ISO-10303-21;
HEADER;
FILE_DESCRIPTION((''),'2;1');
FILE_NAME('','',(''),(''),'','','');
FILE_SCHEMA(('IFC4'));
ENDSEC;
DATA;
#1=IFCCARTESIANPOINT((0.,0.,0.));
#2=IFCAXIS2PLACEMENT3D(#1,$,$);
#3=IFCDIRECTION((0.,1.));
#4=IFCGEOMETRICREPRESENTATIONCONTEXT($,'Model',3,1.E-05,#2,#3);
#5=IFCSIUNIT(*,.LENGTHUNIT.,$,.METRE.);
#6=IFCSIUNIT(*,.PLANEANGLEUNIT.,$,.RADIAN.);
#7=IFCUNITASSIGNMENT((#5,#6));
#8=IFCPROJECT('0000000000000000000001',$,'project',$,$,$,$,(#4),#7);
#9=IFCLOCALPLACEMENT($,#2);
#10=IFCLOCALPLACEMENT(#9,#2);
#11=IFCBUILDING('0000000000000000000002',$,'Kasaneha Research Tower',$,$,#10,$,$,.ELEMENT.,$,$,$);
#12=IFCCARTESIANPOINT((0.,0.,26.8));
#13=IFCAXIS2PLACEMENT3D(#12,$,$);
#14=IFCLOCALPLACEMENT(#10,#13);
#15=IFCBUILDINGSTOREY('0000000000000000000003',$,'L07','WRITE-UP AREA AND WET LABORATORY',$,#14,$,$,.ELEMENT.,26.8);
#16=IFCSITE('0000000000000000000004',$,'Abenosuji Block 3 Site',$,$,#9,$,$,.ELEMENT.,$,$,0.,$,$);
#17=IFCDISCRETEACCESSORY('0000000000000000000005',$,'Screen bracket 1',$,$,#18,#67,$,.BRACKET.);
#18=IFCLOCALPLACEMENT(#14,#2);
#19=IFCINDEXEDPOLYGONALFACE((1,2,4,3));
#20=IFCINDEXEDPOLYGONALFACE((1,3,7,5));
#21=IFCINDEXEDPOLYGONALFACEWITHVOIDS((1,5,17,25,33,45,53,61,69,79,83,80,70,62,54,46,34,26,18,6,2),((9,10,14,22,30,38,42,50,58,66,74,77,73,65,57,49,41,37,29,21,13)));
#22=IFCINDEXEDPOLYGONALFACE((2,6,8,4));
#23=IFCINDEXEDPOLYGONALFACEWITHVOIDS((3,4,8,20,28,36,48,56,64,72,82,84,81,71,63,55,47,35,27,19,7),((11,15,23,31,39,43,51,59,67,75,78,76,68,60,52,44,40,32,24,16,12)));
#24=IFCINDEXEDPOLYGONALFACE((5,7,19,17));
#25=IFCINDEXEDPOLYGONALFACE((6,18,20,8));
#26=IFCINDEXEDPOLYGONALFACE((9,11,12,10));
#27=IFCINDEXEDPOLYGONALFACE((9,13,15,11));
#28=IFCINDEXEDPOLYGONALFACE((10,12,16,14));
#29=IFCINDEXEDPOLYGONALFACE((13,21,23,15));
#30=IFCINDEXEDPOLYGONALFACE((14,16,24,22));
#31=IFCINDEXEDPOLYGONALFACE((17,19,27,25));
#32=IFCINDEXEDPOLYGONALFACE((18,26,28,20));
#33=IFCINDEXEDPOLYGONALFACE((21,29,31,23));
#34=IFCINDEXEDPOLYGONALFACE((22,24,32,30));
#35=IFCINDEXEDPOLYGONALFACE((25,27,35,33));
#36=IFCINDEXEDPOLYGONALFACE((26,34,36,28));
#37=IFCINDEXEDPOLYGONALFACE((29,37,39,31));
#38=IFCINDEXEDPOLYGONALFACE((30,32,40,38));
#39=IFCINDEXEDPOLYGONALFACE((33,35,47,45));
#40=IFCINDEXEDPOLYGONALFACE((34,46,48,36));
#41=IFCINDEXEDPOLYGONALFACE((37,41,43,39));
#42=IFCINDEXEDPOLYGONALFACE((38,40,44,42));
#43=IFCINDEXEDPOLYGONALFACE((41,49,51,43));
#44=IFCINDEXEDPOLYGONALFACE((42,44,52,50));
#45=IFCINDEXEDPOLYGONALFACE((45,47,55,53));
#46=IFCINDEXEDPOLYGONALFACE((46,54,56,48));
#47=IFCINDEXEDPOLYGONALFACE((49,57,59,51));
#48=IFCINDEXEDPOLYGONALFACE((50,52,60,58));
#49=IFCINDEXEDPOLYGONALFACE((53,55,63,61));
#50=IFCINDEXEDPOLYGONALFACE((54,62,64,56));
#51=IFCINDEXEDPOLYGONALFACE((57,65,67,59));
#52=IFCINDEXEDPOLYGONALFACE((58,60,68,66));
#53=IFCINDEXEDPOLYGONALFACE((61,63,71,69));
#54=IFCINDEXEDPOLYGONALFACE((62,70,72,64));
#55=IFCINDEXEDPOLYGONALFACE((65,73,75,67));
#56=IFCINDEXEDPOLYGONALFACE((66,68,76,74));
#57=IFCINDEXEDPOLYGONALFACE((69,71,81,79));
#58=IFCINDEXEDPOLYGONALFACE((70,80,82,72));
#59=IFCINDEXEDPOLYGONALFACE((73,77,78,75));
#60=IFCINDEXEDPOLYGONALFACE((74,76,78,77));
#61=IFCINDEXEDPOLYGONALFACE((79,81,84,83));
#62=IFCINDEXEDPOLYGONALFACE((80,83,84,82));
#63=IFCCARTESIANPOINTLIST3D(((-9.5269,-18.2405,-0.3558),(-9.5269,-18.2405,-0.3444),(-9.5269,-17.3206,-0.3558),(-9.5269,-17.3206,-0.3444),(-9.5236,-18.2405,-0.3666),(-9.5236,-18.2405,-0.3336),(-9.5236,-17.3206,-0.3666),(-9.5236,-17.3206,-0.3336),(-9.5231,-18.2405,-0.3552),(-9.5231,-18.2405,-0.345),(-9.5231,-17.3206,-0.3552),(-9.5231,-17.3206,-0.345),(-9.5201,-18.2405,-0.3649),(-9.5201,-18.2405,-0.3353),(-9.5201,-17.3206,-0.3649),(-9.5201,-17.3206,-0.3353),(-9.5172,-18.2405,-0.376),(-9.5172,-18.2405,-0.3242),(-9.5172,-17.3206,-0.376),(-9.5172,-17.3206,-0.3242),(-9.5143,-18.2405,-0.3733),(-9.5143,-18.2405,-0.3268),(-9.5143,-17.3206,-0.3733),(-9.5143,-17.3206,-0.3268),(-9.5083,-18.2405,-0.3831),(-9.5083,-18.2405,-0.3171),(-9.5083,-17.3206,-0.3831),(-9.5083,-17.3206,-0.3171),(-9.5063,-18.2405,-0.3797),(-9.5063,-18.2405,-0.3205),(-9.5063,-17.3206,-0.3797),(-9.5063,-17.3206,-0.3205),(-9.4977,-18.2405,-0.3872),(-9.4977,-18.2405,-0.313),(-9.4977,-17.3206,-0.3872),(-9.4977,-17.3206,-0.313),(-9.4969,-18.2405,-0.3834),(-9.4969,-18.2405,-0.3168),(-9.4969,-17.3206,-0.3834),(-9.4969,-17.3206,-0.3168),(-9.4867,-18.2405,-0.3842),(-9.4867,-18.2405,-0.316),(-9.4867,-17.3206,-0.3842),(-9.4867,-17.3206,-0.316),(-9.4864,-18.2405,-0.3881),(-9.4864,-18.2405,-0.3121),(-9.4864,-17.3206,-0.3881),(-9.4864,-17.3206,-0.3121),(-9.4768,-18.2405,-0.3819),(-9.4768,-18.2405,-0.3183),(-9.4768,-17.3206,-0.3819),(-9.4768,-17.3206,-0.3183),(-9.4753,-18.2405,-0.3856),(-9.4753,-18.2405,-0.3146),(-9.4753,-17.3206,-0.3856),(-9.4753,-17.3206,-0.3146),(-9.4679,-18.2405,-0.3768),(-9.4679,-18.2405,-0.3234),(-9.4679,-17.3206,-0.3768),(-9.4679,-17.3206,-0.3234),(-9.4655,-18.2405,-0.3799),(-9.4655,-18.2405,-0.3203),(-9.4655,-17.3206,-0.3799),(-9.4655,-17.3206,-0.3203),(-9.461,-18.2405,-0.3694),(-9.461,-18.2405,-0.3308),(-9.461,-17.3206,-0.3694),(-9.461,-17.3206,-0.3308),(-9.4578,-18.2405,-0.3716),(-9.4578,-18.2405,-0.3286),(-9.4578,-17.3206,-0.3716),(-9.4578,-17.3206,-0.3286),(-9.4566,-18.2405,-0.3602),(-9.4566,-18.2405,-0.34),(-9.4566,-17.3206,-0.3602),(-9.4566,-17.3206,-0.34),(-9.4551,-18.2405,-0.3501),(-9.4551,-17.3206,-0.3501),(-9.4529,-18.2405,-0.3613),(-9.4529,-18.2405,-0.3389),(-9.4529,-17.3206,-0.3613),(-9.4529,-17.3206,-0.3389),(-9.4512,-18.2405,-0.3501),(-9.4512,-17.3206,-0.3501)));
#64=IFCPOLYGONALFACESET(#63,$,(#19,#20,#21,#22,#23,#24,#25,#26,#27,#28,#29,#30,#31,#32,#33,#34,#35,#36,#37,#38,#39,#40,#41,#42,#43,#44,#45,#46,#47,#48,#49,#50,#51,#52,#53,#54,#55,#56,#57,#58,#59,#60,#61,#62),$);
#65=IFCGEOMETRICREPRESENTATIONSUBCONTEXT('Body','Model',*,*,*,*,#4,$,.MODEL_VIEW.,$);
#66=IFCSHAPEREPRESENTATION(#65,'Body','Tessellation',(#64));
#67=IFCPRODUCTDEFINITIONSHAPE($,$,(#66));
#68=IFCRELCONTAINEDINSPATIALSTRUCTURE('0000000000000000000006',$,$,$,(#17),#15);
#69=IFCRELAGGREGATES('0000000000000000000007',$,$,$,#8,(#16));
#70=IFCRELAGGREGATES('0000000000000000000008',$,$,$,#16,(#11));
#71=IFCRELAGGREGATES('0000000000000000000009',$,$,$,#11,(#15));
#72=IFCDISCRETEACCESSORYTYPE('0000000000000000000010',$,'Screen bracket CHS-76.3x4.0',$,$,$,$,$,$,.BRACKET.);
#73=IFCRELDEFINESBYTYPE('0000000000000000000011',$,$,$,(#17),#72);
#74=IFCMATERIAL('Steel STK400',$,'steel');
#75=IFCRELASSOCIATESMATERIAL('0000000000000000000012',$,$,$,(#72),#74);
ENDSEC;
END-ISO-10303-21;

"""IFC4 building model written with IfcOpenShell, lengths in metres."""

from ifc_helpers import new_model, si_unit, direction, frame, origin, origin_2d, place, context, subcontext, project, spatial, hollow_circle, extrude, material, material_profile, profile_set, type_object, element, save


model = new_model("IFC4")

# Units and contexts
model_context = context("Model", 3, precision=1e-05, world=origin(), true_north=direction((0.0, 1.0)))
body_context = subcontext(model_context, "Body", "Model", "MODEL_VIEW")
ifc_project = project(units=[si_unit("LENGTHUNIT", "METRE"), si_unit("PLANEANGLEUNIT", "RADIAN")], contexts=[model_context])

# Site, building, storey
site_placement = place(None, origin())
site = spatial("IfcSite", under=ifc_project, at=site_placement, Name="Abenosuji Block 3 Site", CompositionType="ELEMENT", RefElevation=0.0)
building_placement = place(site_placement, origin())
building = spatial("IfcBuilding", under=site, at=building_placement, Name="Kasaneha Research Tower", CompositionType="ELEMENT")
storey_placement = place(building_placement, frame((0.0, 0.0, 26.8)))
storey = spatial("IfcBuildingStorey", under=building, at=storey_placement, Name="L07", Description="WRITE-UP AREA AND WET LABORATORY", CompositionType="ELEMENT", Elevation=26.8)

# Discrete accessory
ifc_material_1 = material(Name="Steel STK400", Category="steel")
ifc_material_profile_1 = material_profile(ifc_material_1, hollow_circle(Radius=0.0381, WallThickness=0.0039, at=origin_2d()), Name="CHS-76.3x4.0")
ifc_profile_set_1 = profile_set([ifc_material_profile_1], Name="Steel STK400")
discrete_accessory_type = type_object("IfcDiscreteAccessoryType", Name="Screen bracket CHS-76.3x4.0", PredefinedType="BRACKET", material=ifc_profile_set_1)
discrete_accessory_placement = place(storey_placement, frame((-9.4893, -17.3206, -0.3501), z_axis=(0.0, -1.0, 0.0), x_axis=(1.0, 0.0, 0.0)))
element("IfcDiscreteAccessory", 1, at=discrete_accessory_placement, inside=storey, type_object=discrete_accessory_type, Name="Screen bracket 1", PredefinedType="BRACKET", context=body_context, shape_type="SweptSolid", body=[
    extrude(hollow_circle(Radius=0.0381, WallThickness=0.0039, at=origin_2d()), origin(), (0.0, 0.0, 1.0), 0.9199),
])

save(model, "model.ifc")
